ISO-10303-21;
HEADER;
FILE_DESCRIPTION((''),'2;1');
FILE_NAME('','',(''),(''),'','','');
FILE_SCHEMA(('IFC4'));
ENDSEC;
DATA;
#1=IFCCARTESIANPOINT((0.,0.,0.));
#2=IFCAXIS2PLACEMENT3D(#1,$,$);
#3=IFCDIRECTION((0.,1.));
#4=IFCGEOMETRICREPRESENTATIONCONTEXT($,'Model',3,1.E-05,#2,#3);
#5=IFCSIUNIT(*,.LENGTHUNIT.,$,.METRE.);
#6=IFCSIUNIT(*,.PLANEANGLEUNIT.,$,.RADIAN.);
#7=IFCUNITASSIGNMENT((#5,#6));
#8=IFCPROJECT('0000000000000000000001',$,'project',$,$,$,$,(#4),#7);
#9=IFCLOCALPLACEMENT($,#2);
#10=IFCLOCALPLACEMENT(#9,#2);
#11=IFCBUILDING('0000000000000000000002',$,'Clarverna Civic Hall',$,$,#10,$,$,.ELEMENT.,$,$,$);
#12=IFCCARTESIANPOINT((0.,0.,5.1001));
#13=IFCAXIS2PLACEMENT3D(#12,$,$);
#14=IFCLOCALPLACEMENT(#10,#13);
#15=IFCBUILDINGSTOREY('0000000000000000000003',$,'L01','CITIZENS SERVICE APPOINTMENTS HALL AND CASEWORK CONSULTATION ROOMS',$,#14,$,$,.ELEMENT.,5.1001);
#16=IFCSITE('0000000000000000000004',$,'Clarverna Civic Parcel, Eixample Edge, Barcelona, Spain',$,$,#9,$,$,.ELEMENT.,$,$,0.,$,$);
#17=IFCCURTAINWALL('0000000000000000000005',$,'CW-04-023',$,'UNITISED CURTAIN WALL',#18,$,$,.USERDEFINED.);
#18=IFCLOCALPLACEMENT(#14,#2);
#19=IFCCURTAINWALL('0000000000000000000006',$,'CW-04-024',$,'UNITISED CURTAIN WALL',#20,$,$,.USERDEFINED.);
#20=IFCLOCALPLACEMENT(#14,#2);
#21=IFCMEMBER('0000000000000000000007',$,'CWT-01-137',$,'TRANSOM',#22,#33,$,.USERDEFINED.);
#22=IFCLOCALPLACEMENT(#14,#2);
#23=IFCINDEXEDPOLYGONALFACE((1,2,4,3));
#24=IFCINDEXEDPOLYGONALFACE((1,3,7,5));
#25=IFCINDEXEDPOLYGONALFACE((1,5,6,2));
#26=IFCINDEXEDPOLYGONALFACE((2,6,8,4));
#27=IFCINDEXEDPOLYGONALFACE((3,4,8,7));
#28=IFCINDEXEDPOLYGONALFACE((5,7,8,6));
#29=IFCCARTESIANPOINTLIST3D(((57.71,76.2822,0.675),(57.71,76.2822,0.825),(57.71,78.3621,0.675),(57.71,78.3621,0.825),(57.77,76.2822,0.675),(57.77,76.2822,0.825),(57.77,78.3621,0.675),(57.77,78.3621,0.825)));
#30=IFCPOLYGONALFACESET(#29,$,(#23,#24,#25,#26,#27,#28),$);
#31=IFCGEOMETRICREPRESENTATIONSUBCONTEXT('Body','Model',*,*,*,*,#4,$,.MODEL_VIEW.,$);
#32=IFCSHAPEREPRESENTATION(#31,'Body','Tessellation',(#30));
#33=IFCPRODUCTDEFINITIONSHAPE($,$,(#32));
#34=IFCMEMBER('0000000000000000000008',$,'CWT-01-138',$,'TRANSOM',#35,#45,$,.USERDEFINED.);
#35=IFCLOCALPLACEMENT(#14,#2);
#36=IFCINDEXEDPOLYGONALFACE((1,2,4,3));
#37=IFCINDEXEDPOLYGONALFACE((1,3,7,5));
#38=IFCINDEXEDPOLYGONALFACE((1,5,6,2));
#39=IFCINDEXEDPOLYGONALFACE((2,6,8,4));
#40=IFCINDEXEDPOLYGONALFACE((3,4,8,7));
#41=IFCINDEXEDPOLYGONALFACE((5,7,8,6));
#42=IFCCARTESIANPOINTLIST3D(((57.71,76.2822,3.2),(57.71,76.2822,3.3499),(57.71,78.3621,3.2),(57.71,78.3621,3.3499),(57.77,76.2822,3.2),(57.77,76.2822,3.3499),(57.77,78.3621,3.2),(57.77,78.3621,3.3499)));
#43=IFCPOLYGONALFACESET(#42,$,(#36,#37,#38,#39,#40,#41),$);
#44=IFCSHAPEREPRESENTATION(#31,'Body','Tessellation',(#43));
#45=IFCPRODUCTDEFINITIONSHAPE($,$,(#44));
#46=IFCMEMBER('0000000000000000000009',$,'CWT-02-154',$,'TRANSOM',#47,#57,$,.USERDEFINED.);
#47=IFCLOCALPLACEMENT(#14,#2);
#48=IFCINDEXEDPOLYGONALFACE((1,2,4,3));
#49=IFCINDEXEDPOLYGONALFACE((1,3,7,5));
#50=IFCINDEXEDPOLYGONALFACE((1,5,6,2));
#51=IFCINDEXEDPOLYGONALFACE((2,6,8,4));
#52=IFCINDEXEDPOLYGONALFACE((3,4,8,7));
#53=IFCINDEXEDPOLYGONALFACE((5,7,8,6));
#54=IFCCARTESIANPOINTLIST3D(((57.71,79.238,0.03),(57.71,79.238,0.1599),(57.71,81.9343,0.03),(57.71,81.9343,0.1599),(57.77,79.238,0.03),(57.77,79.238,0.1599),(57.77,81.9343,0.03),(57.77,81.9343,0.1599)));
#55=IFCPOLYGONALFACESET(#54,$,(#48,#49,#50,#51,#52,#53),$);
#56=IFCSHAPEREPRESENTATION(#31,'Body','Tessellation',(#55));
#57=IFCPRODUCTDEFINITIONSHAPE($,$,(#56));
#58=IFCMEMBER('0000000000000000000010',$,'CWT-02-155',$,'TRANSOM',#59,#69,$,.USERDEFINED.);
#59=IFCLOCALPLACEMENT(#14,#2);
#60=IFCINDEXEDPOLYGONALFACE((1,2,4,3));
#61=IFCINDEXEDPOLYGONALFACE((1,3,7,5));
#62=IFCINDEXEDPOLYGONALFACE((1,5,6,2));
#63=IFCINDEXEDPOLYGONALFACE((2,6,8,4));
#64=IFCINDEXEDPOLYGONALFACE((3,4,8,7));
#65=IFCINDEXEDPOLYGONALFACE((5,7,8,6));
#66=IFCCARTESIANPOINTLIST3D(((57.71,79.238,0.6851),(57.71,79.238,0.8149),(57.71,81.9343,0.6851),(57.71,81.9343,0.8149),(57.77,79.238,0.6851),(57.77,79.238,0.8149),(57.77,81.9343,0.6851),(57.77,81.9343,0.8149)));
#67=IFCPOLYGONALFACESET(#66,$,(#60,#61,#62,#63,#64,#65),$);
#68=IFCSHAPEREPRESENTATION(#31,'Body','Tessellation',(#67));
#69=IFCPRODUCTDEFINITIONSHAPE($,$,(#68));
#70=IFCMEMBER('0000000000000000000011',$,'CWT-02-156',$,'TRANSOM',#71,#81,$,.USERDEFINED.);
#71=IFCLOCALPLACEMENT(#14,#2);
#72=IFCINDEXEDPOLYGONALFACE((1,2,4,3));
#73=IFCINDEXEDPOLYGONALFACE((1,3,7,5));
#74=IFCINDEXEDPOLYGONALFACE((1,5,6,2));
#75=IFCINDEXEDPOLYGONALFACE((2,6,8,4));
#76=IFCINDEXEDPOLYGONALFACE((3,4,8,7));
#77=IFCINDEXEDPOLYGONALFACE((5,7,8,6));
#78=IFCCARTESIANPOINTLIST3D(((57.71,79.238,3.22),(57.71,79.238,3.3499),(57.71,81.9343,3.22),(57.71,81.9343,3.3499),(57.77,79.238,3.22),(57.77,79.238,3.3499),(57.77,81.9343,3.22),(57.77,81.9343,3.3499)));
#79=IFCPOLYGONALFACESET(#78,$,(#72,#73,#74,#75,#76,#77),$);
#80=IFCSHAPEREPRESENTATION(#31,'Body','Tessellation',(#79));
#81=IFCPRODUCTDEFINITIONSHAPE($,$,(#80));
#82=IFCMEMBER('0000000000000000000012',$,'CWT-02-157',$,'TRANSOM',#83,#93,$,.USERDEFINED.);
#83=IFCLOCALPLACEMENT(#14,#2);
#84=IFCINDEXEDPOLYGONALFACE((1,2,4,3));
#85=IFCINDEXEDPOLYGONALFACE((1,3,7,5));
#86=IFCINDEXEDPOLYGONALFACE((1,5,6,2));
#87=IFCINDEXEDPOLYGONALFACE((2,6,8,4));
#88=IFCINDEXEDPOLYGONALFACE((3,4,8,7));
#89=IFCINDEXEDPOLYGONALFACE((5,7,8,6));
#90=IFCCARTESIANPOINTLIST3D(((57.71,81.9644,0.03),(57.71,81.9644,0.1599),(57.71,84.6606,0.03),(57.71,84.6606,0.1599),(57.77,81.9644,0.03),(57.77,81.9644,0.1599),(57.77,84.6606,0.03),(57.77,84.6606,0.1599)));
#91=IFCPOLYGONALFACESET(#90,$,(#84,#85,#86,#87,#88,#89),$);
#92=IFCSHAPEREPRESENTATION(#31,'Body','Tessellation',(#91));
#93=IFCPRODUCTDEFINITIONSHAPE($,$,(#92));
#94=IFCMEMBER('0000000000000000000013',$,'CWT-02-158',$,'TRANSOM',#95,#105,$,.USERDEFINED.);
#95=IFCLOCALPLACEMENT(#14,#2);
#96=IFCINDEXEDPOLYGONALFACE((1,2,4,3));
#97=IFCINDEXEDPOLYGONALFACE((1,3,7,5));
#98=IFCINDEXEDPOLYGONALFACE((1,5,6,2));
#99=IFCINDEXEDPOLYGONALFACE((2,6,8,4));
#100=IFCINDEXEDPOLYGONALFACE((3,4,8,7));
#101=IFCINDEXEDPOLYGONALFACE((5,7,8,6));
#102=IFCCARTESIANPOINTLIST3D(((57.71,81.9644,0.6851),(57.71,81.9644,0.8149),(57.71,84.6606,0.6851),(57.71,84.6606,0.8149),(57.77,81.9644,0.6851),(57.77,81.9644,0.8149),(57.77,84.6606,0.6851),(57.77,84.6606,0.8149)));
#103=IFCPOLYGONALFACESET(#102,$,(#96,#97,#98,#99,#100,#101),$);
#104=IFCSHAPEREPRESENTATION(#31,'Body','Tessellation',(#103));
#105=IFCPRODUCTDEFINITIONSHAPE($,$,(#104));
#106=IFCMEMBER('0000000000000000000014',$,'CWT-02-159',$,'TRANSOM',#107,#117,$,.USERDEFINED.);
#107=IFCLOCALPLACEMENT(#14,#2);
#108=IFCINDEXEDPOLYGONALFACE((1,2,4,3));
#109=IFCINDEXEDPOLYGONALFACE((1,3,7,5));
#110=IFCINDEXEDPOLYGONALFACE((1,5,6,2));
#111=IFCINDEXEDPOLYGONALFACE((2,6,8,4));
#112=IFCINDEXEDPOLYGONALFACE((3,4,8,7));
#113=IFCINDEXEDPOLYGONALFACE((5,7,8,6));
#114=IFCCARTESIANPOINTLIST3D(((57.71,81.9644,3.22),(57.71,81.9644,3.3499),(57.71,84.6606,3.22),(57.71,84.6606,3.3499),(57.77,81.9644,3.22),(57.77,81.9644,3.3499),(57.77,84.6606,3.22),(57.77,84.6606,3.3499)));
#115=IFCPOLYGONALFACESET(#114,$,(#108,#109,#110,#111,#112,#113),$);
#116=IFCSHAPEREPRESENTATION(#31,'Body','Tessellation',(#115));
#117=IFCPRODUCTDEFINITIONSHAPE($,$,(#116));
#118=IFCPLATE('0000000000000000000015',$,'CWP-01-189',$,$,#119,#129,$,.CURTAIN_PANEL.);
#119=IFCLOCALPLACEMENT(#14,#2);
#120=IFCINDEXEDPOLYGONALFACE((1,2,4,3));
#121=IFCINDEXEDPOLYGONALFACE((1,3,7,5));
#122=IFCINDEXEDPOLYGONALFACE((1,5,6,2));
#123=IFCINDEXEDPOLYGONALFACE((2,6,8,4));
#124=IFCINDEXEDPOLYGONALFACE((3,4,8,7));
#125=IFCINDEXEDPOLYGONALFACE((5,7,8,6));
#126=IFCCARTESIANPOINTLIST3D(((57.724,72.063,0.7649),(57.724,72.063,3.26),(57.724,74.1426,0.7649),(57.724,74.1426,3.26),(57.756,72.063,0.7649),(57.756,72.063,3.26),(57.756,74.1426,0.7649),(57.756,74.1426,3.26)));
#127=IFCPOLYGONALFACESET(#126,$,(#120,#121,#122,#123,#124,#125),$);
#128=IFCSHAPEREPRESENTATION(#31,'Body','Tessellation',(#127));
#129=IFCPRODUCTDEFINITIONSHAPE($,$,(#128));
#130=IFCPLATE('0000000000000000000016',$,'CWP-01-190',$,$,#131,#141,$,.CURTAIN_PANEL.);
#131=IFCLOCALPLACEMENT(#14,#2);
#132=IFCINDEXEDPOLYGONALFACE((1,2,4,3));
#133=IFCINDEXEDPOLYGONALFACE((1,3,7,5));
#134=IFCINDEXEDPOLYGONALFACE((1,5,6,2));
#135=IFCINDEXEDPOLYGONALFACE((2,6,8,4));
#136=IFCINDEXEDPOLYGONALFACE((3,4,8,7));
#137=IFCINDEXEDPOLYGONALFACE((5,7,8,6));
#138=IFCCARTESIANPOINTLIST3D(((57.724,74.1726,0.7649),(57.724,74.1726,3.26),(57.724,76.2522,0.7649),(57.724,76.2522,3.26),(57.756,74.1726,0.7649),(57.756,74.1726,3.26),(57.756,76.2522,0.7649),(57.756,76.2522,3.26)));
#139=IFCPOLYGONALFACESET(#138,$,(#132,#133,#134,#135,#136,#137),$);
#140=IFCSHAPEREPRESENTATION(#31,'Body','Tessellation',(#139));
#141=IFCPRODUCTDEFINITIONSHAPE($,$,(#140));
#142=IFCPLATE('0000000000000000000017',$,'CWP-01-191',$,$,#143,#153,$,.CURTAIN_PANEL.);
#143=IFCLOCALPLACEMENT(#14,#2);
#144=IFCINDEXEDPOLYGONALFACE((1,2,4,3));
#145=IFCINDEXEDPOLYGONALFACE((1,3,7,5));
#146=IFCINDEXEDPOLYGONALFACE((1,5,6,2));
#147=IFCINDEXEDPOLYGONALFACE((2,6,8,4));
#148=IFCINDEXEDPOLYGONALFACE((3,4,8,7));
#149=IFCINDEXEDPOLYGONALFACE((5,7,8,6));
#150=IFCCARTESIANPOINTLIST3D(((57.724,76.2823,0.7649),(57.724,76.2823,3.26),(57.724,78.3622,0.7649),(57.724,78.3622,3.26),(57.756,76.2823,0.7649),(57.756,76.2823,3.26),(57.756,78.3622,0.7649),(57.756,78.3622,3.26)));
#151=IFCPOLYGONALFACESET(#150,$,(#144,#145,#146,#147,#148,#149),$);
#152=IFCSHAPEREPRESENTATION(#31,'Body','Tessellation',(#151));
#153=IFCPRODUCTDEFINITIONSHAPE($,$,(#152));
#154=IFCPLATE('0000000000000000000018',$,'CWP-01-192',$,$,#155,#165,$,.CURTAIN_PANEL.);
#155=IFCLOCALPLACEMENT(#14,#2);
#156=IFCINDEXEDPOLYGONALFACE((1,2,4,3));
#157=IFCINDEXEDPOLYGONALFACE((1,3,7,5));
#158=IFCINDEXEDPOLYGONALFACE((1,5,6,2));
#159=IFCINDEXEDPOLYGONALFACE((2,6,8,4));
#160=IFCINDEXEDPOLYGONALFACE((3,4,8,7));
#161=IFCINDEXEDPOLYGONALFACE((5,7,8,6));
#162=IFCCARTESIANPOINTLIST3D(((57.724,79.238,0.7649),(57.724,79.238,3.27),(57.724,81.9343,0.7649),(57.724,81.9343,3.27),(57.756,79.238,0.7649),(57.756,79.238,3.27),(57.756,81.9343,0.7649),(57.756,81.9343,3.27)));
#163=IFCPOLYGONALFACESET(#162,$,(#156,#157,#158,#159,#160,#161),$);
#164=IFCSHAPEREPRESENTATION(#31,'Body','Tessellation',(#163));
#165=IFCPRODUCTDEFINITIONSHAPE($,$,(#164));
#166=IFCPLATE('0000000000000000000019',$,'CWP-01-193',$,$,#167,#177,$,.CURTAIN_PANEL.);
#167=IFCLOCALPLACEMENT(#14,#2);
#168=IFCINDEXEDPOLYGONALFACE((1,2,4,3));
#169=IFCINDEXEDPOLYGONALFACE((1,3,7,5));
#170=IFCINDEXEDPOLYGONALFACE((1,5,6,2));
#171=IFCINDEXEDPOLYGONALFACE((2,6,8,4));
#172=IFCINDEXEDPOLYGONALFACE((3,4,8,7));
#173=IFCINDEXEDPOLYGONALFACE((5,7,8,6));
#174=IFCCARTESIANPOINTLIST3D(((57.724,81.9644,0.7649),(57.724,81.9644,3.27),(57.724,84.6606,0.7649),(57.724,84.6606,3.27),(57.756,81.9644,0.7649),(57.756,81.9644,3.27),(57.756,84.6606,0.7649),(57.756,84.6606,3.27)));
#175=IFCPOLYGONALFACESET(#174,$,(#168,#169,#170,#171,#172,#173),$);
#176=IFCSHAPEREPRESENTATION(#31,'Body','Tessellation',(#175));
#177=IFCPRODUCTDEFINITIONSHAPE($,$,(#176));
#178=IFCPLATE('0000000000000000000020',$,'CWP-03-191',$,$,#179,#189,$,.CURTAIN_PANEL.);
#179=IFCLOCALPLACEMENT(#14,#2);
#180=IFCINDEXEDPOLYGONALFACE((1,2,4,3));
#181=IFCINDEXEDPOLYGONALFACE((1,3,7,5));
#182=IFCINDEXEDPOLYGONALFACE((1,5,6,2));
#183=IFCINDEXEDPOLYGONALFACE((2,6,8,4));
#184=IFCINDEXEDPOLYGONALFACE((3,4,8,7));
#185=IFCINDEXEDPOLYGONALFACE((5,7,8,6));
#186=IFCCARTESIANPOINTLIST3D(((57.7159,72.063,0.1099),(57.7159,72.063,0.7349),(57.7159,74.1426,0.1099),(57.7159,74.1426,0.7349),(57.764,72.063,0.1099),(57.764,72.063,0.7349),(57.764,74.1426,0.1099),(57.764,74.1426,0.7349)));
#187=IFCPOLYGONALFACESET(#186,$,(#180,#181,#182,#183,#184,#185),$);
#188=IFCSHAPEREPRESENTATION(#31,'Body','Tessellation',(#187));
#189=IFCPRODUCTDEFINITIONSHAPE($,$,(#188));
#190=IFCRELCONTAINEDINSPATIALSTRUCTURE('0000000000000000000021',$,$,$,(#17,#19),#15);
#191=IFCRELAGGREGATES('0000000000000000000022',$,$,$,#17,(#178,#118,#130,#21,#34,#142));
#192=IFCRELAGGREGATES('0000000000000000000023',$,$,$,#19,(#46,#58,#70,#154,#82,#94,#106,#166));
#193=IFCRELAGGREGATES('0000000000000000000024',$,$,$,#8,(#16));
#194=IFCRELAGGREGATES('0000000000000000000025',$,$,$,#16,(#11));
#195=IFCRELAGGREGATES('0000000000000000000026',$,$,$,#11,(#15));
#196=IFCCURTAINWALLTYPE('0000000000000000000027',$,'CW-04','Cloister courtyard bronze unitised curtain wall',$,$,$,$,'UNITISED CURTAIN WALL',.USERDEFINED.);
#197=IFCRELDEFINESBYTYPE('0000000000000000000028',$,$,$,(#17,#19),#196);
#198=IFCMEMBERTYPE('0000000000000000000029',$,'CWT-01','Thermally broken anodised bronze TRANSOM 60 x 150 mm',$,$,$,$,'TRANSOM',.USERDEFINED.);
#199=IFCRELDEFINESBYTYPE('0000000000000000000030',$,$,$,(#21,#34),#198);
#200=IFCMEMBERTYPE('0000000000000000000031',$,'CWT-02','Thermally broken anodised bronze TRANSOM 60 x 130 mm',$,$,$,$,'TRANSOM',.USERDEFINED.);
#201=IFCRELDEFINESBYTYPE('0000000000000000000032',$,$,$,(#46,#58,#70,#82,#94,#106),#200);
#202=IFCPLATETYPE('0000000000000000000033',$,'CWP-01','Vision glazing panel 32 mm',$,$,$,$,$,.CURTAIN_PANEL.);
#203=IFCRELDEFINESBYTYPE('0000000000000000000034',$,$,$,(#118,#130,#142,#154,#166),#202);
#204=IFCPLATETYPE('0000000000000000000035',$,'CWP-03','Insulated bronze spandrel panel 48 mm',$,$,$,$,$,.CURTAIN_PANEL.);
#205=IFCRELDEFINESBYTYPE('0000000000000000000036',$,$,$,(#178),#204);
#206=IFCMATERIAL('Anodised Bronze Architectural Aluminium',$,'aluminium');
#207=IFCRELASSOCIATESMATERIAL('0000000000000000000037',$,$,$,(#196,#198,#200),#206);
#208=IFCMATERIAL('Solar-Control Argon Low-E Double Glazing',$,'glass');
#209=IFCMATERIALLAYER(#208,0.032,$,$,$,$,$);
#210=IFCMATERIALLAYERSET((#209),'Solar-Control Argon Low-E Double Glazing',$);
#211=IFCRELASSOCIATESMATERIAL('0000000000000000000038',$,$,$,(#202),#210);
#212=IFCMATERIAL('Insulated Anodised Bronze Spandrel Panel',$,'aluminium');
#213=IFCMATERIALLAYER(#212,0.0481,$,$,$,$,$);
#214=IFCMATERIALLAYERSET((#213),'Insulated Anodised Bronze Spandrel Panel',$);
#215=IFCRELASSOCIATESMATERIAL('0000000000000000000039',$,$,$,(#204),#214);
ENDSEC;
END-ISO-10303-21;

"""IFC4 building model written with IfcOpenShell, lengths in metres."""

from ifc_helpers import new_model, si_unit, direction, frame, frame_2d, origin, origin_2d, place, context, subcontext, project, spatial, rectangle, extrude, material, layer, layer_set, material_profile, profile_set, type_object, element, aggregate, save


model = new_model("IFC4")

# Units and contexts
model_context = context("Model", 3, precision=1e-05, world=origin(), true_north=direction((0.0, 1.0)))
body_context = subcontext(model_context, "Body", "Model", "MODEL_VIEW")
ifc_project = project(units=[si_unit("LENGTHUNIT", "METRE"), si_unit("PLANEANGLEUNIT", "RADIAN")], contexts=[model_context])

# Site, building, storey
site_placement = place(None, origin())
site = spatial("IfcSite", under=ifc_project, at=site_placement, Name="Clarverna Civic Parcel, Eixample Edge, Barcelona, Spain", CompositionType="ELEMENT", RefElevation=0.0)
building_placement = place(site_placement, origin())
building = spatial("IfcBuilding", under=site, at=building_placement, Name="Clarverna Civic Hall", CompositionType="ELEMENT")
storey_placement = place(building_placement, frame((0.0, 0.0, 5.1001)))
storey = spatial("IfcBuildingStorey", under=building, at=storey_placement, Name="L01", Description="CITIZENS SERVICE APPOINTMENTS HALL AND CASEWORK CONSULTATION ROOMS", CompositionType="ELEMENT", Elevation=5.1001)

# Curtain walls
ifc_material_1 = material(Name="Anodised Bronze Architectural Aluminium", Category="aluminium")
curtain_wall_type = type_object("IfcCurtainWallType", Name="CW-04", Description="Cloister courtyard bronze unitised curtain wall", ElementType="UNITISED CURTAIN WALL", PredefinedType="USERDEFINED", material=ifc_material_1)
curtain_wall_1_placement = place(storey_placement, origin())
curtain_wall_1 = element("IfcCurtainWall", 1, at=curtain_wall_1_placement, inside=storey, type_object=curtain_wall_type, Name="CW-04-023", ObjectType="UNITISED CURTAIN WALL", PredefinedType="USERDEFINED")
curtain_wall_2_placement = place(storey_placement, origin())
curtain_wall_2 = element("IfcCurtainWall", 2, at=curtain_wall_2_placement, inside=storey, type_object=curtain_wall_type, Name="CW-04-024", ObjectType="UNITISED CURTAIN WALL", PredefinedType="USERDEFINED")

# Members
ifc_material_profile_1 = material_profile(ifc_material_1, rectangle(XDim=0.0601, YDim=0.1499, at=origin_2d()), Name="BRONZE 60x150")
ifc_profile_set_1 = profile_set([ifc_material_profile_1], Name="Anodised Bronze Architectural Aluminium")
member_type_1 = type_object("IfcMemberType", Name="CWT-01", Description="Thermally broken anodised bronze TRANSOM 60 x 150 mm", ElementType="TRANSOM", PredefinedType="USERDEFINED", material=ifc_profile_set_1)
member_1_placement = place(storey_placement, frame((57.74, 76.2822, 0.75), z_axis=(0.0, 1.0, 0.0), x_axis=(-1.0, 0.0, 0.0)))
member_1 = element("IfcMember", 3, at=member_1_placement, type_object=member_type_1, Name="CWT-01-137", ObjectType="TRANSOM", PredefinedType="USERDEFINED", context=body_context, shape_type="SweptSolid", body=[
    extrude(rectangle(XDim=0.0601, YDim=0.1499, at=origin_2d()), origin(), (0.0, 0.0, 1.0), 2.0798),
])
member_2_placement = place(storey_placement, frame((57.74, 76.2822, 3.2749), z_axis=(0.0, 1.0, 0.0), x_axis=(-1.0, 0.0, 0.0)))
member_2 = element("IfcMember", 4, at=member_2_placement, type_object=member_type_1, Name="CWT-01-138", ObjectType="TRANSOM", PredefinedType="USERDEFINED", context=body_context, shape_type="SweptSolid", body=[
    extrude(rectangle(XDim=0.0601, YDim=0.1499, at=origin_2d()), origin(), (0.0, 0.0, 1.0), 2.0798),
])
ifc_material_profile_2 = material_profile(ifc_material_1, rectangle(XDim=0.0601, YDim=0.1299, at=origin_2d()), Name="BRONZE 60x130")
ifc_profile_set_2 = profile_set([ifc_material_profile_2], Name="Anodised Bronze Architectural Aluminium")
member_type_2 = type_object("IfcMemberType", Name="CWT-02", Description="Thermally broken anodised bronze TRANSOM 60 x 130 mm", ElementType="TRANSOM", PredefinedType="USERDEFINED", material=ifc_profile_set_2)
member_3_placement = place(storey_placement, frame((57.74, 79.238, 0.095), z_axis=(0.0, 1.0, 0.0), x_axis=(-1.0, 0.0, 0.0)))
member_3 = element("IfcMember", 5, at=member_3_placement, type_object=member_type_2, Name="CWT-02-154", ObjectType="TRANSOM", PredefinedType="USERDEFINED", context=body_context, shape_type="SweptSolid", body=[
    extrude(rectangle(XDim=0.0601, YDim=0.1299, at=origin_2d()), origin(), (0.0, 0.0, 1.0), 2.6963),
])
member_4_placement = place(storey_placement, frame((57.74, 79.238, 0.75), z_axis=(0.0, 1.0, 0.0), x_axis=(-1.0, 0.0, 0.0)))
member_4 = element("IfcMember", 6, at=member_4_placement, type_object=member_type_2, Name="CWT-02-155", ObjectType="TRANSOM", PredefinedType="USERDEFINED", context=body_context, shape_type="SweptSolid", body=[
    extrude(rectangle(XDim=0.0601, YDim=0.1299, at=origin_2d()), origin(), (0.0, 0.0, 1.0), 2.6963),
])
member_5_placement = place(storey_placement, frame((57.74, 79.238, 3.2849), z_axis=(0.0, 1.0, 0.0), x_axis=(-1.0, 0.0, 0.0)))
member_5 = element("IfcMember", 7, at=member_5_placement, type_object=member_type_2, Name="CWT-02-156", ObjectType="TRANSOM", PredefinedType="USERDEFINED", context=body_context, shape_type="SweptSolid", body=[
    extrude(rectangle(XDim=0.0601, YDim=0.1299, at=origin_2d()), origin(), (0.0, 0.0, 1.0), 2.6963),
])
member_6_placement = place(storey_placement, frame((57.74, 81.9644, 0.095), z_axis=(0.0, 1.0, 0.0), x_axis=(-1.0, 0.0, 0.0)))
member_6 = element("IfcMember", 8, at=member_6_placement, type_object=member_type_2, Name="CWT-02-157", ObjectType="TRANSOM", PredefinedType="USERDEFINED", context=body_context, shape_type="SweptSolid", body=[
    extrude(rectangle(XDim=0.0601, YDim=0.1299, at=origin_2d()), origin(), (0.0, 0.0, 1.0), 2.6963),
])
member_7_placement = place(storey_placement, frame((57.74, 81.9644, 0.75), z_axis=(0.0, 1.0, 0.0), x_axis=(-1.0, 0.0, 0.0)))
member_7 = element("IfcMember", 9, at=member_7_placement, type_object=member_type_2, Name="CWT-02-158", ObjectType="TRANSOM", PredefinedType="USERDEFINED", context=body_context, shape_type="SweptSolid", body=[
    extrude(rectangle(XDim=0.0601, YDim=0.1299, at=origin_2d()), origin(), (0.0, 0.0, 1.0), 2.6963),
])
member_8_placement = place(storey_placement, frame((57.74, 81.9644, 3.2849), z_axis=(0.0, 1.0, 0.0), x_axis=(-1.0, 0.0, 0.0)))
member_8 = element("IfcMember", 10, at=member_8_placement, type_object=member_type_2, Name="CWT-02-159", ObjectType="TRANSOM", PredefinedType="USERDEFINED", context=body_context, shape_type="SweptSolid", body=[
    extrude(rectangle(XDim=0.0601, YDim=0.1299, at=origin_2d()), origin(), (0.0, 0.0, 1.0), 2.6963),
])

# Plates
ifc_material_2 = material(Name="Solar-Control Argon Low-E Double Glazing", Category="glass")
ifc_layer_1 = layer(ifc_material_2, 0.032)
ifc_layer_set_1 = layer_set([ifc_layer_1], Name="Solar-Control Argon Low-E Double Glazing")
plate_type_1 = type_object("IfcPlateType", Name="CWP-01", Description="Vision glazing panel 32 mm", PredefinedType="CURTAIN_PANEL", material=ifc_layer_set_1)
plate_1_placement = place(storey_placement, frame((57.74, 72.063, 0.7649), z_axis=(0.0, 0.0, 1.0), x_axis=(0.0, 1.0, 0.0)))
plate_1 = element("IfcPlate", 11, at=plate_1_placement, type_object=plate_type_1, Name="CWP-01-189", PredefinedType="CURTAIN_PANEL", context=body_context, shape_type="SweptSolid", body=[
    extrude(rectangle(XDim=2.0796, YDim=0.032, at=frame_2d((1.0398, 0.0))), origin(), (0.0, 0.0, 1.0), 2.4951),
])
plate_2_placement = place(storey_placement, frame((57.74, 74.1726, 0.7649), z_axis=(0.0, 0.0, 1.0), x_axis=(0.0, 1.0, 0.0)))
plate_2 = element("IfcPlate", 12, at=plate_2_placement, type_object=plate_type_1, Name="CWP-01-190", PredefinedType="CURTAIN_PANEL", context=body_context, shape_type="SweptSolid", body=[
    extrude(rectangle(XDim=2.0796, YDim=0.032, at=frame_2d((1.0398, 0.0))), origin(), (0.0, 0.0, 1.0), 2.4951),
])
plate_3_placement = place(storey_placement, frame((57.74, 76.2822, 0.7649), z_axis=(0.0, 0.0, 1.0), x_axis=(0.0, 1.0, 0.0)))
plate_3 = element("IfcPlate", 13, at=plate_3_placement, type_object=plate_type_1, Name="CWP-01-191", PredefinedType="CURTAIN_PANEL", context=body_context, shape_type="SweptSolid", body=[
    extrude(rectangle(XDim=2.0798, YDim=0.032, at=frame_2d((1.04, 0.0))), origin(), (0.0, 0.0, 1.0), 2.4951),
])
plate_4_placement = place(storey_placement, frame((57.74, 79.238, 0.7649), z_axis=(0.0, 0.0, 1.0), x_axis=(0.0, 1.0, 0.0)))
plate_4 = element("IfcPlate", 14, at=plate_4_placement, type_object=plate_type_1, Name="CWP-01-192", PredefinedType="CURTAIN_PANEL", context=body_context, shape_type="SweptSolid", body=[
    extrude(rectangle(XDim=2.6963, YDim=0.032, at=frame_2d((1.3481, 0.0))), origin(), (0.0, 0.0, 1.0), 2.5051),
])
plate_5_placement = place(storey_placement, frame((57.74, 81.9644, 0.7649), z_axis=(0.0, 0.0, 1.0), x_axis=(0.0, 1.0, 0.0)))
plate_5 = element("IfcPlate", 15, at=plate_5_placement, type_object=plate_type_1, Name="CWP-01-193", PredefinedType="CURTAIN_PANEL", context=body_context, shape_type="SweptSolid", body=[
    extrude(rectangle(XDim=2.6963, YDim=0.032, at=frame_2d((1.3481, 0.0))), origin(), (0.0, 0.0, 1.0), 2.5051),
])
ifc_material_3 = material(Name="Insulated Anodised Bronze Spandrel Panel", Category="aluminium")
ifc_layer_2 = layer(ifc_material_3, 0.0481)
ifc_layer_set_2 = layer_set([ifc_layer_2], Name="Insulated Anodised Bronze Spandrel Panel")
plate_type_2 = type_object("IfcPlateType", Name="CWP-03", Description="Insulated bronze spandrel panel 48 mm", PredefinedType="CURTAIN_PANEL", material=ifc_layer_set_2)
plate_6_placement = place(storey_placement, frame((57.74, 72.063, 0.1099), z_axis=(0.0, 0.0, 1.0), x_axis=(0.0, 1.0, 0.0)))
plate_6 = element("IfcPlate", 16, at=plate_6_placement, type_object=plate_type_2, Name="CWP-03-191", PredefinedType="CURTAIN_PANEL", context=body_context, shape_type="SweptSolid", body=[
    extrude(rectangle(XDim=2.0796, YDim=0.0481, at=frame_2d((1.0398, 0.0))), origin(), (0.0, 0.0, 1.0), 0.625),
])
aggregate(curtain_wall_1, [plate_6, plate_1, plate_2, member_1, member_2, plate_3])
aggregate(curtain_wall_2, [member_3, member_4, member_5, plate_4, member_6, member_7, member_8, plate_5])

save(model, "model.ifc")
